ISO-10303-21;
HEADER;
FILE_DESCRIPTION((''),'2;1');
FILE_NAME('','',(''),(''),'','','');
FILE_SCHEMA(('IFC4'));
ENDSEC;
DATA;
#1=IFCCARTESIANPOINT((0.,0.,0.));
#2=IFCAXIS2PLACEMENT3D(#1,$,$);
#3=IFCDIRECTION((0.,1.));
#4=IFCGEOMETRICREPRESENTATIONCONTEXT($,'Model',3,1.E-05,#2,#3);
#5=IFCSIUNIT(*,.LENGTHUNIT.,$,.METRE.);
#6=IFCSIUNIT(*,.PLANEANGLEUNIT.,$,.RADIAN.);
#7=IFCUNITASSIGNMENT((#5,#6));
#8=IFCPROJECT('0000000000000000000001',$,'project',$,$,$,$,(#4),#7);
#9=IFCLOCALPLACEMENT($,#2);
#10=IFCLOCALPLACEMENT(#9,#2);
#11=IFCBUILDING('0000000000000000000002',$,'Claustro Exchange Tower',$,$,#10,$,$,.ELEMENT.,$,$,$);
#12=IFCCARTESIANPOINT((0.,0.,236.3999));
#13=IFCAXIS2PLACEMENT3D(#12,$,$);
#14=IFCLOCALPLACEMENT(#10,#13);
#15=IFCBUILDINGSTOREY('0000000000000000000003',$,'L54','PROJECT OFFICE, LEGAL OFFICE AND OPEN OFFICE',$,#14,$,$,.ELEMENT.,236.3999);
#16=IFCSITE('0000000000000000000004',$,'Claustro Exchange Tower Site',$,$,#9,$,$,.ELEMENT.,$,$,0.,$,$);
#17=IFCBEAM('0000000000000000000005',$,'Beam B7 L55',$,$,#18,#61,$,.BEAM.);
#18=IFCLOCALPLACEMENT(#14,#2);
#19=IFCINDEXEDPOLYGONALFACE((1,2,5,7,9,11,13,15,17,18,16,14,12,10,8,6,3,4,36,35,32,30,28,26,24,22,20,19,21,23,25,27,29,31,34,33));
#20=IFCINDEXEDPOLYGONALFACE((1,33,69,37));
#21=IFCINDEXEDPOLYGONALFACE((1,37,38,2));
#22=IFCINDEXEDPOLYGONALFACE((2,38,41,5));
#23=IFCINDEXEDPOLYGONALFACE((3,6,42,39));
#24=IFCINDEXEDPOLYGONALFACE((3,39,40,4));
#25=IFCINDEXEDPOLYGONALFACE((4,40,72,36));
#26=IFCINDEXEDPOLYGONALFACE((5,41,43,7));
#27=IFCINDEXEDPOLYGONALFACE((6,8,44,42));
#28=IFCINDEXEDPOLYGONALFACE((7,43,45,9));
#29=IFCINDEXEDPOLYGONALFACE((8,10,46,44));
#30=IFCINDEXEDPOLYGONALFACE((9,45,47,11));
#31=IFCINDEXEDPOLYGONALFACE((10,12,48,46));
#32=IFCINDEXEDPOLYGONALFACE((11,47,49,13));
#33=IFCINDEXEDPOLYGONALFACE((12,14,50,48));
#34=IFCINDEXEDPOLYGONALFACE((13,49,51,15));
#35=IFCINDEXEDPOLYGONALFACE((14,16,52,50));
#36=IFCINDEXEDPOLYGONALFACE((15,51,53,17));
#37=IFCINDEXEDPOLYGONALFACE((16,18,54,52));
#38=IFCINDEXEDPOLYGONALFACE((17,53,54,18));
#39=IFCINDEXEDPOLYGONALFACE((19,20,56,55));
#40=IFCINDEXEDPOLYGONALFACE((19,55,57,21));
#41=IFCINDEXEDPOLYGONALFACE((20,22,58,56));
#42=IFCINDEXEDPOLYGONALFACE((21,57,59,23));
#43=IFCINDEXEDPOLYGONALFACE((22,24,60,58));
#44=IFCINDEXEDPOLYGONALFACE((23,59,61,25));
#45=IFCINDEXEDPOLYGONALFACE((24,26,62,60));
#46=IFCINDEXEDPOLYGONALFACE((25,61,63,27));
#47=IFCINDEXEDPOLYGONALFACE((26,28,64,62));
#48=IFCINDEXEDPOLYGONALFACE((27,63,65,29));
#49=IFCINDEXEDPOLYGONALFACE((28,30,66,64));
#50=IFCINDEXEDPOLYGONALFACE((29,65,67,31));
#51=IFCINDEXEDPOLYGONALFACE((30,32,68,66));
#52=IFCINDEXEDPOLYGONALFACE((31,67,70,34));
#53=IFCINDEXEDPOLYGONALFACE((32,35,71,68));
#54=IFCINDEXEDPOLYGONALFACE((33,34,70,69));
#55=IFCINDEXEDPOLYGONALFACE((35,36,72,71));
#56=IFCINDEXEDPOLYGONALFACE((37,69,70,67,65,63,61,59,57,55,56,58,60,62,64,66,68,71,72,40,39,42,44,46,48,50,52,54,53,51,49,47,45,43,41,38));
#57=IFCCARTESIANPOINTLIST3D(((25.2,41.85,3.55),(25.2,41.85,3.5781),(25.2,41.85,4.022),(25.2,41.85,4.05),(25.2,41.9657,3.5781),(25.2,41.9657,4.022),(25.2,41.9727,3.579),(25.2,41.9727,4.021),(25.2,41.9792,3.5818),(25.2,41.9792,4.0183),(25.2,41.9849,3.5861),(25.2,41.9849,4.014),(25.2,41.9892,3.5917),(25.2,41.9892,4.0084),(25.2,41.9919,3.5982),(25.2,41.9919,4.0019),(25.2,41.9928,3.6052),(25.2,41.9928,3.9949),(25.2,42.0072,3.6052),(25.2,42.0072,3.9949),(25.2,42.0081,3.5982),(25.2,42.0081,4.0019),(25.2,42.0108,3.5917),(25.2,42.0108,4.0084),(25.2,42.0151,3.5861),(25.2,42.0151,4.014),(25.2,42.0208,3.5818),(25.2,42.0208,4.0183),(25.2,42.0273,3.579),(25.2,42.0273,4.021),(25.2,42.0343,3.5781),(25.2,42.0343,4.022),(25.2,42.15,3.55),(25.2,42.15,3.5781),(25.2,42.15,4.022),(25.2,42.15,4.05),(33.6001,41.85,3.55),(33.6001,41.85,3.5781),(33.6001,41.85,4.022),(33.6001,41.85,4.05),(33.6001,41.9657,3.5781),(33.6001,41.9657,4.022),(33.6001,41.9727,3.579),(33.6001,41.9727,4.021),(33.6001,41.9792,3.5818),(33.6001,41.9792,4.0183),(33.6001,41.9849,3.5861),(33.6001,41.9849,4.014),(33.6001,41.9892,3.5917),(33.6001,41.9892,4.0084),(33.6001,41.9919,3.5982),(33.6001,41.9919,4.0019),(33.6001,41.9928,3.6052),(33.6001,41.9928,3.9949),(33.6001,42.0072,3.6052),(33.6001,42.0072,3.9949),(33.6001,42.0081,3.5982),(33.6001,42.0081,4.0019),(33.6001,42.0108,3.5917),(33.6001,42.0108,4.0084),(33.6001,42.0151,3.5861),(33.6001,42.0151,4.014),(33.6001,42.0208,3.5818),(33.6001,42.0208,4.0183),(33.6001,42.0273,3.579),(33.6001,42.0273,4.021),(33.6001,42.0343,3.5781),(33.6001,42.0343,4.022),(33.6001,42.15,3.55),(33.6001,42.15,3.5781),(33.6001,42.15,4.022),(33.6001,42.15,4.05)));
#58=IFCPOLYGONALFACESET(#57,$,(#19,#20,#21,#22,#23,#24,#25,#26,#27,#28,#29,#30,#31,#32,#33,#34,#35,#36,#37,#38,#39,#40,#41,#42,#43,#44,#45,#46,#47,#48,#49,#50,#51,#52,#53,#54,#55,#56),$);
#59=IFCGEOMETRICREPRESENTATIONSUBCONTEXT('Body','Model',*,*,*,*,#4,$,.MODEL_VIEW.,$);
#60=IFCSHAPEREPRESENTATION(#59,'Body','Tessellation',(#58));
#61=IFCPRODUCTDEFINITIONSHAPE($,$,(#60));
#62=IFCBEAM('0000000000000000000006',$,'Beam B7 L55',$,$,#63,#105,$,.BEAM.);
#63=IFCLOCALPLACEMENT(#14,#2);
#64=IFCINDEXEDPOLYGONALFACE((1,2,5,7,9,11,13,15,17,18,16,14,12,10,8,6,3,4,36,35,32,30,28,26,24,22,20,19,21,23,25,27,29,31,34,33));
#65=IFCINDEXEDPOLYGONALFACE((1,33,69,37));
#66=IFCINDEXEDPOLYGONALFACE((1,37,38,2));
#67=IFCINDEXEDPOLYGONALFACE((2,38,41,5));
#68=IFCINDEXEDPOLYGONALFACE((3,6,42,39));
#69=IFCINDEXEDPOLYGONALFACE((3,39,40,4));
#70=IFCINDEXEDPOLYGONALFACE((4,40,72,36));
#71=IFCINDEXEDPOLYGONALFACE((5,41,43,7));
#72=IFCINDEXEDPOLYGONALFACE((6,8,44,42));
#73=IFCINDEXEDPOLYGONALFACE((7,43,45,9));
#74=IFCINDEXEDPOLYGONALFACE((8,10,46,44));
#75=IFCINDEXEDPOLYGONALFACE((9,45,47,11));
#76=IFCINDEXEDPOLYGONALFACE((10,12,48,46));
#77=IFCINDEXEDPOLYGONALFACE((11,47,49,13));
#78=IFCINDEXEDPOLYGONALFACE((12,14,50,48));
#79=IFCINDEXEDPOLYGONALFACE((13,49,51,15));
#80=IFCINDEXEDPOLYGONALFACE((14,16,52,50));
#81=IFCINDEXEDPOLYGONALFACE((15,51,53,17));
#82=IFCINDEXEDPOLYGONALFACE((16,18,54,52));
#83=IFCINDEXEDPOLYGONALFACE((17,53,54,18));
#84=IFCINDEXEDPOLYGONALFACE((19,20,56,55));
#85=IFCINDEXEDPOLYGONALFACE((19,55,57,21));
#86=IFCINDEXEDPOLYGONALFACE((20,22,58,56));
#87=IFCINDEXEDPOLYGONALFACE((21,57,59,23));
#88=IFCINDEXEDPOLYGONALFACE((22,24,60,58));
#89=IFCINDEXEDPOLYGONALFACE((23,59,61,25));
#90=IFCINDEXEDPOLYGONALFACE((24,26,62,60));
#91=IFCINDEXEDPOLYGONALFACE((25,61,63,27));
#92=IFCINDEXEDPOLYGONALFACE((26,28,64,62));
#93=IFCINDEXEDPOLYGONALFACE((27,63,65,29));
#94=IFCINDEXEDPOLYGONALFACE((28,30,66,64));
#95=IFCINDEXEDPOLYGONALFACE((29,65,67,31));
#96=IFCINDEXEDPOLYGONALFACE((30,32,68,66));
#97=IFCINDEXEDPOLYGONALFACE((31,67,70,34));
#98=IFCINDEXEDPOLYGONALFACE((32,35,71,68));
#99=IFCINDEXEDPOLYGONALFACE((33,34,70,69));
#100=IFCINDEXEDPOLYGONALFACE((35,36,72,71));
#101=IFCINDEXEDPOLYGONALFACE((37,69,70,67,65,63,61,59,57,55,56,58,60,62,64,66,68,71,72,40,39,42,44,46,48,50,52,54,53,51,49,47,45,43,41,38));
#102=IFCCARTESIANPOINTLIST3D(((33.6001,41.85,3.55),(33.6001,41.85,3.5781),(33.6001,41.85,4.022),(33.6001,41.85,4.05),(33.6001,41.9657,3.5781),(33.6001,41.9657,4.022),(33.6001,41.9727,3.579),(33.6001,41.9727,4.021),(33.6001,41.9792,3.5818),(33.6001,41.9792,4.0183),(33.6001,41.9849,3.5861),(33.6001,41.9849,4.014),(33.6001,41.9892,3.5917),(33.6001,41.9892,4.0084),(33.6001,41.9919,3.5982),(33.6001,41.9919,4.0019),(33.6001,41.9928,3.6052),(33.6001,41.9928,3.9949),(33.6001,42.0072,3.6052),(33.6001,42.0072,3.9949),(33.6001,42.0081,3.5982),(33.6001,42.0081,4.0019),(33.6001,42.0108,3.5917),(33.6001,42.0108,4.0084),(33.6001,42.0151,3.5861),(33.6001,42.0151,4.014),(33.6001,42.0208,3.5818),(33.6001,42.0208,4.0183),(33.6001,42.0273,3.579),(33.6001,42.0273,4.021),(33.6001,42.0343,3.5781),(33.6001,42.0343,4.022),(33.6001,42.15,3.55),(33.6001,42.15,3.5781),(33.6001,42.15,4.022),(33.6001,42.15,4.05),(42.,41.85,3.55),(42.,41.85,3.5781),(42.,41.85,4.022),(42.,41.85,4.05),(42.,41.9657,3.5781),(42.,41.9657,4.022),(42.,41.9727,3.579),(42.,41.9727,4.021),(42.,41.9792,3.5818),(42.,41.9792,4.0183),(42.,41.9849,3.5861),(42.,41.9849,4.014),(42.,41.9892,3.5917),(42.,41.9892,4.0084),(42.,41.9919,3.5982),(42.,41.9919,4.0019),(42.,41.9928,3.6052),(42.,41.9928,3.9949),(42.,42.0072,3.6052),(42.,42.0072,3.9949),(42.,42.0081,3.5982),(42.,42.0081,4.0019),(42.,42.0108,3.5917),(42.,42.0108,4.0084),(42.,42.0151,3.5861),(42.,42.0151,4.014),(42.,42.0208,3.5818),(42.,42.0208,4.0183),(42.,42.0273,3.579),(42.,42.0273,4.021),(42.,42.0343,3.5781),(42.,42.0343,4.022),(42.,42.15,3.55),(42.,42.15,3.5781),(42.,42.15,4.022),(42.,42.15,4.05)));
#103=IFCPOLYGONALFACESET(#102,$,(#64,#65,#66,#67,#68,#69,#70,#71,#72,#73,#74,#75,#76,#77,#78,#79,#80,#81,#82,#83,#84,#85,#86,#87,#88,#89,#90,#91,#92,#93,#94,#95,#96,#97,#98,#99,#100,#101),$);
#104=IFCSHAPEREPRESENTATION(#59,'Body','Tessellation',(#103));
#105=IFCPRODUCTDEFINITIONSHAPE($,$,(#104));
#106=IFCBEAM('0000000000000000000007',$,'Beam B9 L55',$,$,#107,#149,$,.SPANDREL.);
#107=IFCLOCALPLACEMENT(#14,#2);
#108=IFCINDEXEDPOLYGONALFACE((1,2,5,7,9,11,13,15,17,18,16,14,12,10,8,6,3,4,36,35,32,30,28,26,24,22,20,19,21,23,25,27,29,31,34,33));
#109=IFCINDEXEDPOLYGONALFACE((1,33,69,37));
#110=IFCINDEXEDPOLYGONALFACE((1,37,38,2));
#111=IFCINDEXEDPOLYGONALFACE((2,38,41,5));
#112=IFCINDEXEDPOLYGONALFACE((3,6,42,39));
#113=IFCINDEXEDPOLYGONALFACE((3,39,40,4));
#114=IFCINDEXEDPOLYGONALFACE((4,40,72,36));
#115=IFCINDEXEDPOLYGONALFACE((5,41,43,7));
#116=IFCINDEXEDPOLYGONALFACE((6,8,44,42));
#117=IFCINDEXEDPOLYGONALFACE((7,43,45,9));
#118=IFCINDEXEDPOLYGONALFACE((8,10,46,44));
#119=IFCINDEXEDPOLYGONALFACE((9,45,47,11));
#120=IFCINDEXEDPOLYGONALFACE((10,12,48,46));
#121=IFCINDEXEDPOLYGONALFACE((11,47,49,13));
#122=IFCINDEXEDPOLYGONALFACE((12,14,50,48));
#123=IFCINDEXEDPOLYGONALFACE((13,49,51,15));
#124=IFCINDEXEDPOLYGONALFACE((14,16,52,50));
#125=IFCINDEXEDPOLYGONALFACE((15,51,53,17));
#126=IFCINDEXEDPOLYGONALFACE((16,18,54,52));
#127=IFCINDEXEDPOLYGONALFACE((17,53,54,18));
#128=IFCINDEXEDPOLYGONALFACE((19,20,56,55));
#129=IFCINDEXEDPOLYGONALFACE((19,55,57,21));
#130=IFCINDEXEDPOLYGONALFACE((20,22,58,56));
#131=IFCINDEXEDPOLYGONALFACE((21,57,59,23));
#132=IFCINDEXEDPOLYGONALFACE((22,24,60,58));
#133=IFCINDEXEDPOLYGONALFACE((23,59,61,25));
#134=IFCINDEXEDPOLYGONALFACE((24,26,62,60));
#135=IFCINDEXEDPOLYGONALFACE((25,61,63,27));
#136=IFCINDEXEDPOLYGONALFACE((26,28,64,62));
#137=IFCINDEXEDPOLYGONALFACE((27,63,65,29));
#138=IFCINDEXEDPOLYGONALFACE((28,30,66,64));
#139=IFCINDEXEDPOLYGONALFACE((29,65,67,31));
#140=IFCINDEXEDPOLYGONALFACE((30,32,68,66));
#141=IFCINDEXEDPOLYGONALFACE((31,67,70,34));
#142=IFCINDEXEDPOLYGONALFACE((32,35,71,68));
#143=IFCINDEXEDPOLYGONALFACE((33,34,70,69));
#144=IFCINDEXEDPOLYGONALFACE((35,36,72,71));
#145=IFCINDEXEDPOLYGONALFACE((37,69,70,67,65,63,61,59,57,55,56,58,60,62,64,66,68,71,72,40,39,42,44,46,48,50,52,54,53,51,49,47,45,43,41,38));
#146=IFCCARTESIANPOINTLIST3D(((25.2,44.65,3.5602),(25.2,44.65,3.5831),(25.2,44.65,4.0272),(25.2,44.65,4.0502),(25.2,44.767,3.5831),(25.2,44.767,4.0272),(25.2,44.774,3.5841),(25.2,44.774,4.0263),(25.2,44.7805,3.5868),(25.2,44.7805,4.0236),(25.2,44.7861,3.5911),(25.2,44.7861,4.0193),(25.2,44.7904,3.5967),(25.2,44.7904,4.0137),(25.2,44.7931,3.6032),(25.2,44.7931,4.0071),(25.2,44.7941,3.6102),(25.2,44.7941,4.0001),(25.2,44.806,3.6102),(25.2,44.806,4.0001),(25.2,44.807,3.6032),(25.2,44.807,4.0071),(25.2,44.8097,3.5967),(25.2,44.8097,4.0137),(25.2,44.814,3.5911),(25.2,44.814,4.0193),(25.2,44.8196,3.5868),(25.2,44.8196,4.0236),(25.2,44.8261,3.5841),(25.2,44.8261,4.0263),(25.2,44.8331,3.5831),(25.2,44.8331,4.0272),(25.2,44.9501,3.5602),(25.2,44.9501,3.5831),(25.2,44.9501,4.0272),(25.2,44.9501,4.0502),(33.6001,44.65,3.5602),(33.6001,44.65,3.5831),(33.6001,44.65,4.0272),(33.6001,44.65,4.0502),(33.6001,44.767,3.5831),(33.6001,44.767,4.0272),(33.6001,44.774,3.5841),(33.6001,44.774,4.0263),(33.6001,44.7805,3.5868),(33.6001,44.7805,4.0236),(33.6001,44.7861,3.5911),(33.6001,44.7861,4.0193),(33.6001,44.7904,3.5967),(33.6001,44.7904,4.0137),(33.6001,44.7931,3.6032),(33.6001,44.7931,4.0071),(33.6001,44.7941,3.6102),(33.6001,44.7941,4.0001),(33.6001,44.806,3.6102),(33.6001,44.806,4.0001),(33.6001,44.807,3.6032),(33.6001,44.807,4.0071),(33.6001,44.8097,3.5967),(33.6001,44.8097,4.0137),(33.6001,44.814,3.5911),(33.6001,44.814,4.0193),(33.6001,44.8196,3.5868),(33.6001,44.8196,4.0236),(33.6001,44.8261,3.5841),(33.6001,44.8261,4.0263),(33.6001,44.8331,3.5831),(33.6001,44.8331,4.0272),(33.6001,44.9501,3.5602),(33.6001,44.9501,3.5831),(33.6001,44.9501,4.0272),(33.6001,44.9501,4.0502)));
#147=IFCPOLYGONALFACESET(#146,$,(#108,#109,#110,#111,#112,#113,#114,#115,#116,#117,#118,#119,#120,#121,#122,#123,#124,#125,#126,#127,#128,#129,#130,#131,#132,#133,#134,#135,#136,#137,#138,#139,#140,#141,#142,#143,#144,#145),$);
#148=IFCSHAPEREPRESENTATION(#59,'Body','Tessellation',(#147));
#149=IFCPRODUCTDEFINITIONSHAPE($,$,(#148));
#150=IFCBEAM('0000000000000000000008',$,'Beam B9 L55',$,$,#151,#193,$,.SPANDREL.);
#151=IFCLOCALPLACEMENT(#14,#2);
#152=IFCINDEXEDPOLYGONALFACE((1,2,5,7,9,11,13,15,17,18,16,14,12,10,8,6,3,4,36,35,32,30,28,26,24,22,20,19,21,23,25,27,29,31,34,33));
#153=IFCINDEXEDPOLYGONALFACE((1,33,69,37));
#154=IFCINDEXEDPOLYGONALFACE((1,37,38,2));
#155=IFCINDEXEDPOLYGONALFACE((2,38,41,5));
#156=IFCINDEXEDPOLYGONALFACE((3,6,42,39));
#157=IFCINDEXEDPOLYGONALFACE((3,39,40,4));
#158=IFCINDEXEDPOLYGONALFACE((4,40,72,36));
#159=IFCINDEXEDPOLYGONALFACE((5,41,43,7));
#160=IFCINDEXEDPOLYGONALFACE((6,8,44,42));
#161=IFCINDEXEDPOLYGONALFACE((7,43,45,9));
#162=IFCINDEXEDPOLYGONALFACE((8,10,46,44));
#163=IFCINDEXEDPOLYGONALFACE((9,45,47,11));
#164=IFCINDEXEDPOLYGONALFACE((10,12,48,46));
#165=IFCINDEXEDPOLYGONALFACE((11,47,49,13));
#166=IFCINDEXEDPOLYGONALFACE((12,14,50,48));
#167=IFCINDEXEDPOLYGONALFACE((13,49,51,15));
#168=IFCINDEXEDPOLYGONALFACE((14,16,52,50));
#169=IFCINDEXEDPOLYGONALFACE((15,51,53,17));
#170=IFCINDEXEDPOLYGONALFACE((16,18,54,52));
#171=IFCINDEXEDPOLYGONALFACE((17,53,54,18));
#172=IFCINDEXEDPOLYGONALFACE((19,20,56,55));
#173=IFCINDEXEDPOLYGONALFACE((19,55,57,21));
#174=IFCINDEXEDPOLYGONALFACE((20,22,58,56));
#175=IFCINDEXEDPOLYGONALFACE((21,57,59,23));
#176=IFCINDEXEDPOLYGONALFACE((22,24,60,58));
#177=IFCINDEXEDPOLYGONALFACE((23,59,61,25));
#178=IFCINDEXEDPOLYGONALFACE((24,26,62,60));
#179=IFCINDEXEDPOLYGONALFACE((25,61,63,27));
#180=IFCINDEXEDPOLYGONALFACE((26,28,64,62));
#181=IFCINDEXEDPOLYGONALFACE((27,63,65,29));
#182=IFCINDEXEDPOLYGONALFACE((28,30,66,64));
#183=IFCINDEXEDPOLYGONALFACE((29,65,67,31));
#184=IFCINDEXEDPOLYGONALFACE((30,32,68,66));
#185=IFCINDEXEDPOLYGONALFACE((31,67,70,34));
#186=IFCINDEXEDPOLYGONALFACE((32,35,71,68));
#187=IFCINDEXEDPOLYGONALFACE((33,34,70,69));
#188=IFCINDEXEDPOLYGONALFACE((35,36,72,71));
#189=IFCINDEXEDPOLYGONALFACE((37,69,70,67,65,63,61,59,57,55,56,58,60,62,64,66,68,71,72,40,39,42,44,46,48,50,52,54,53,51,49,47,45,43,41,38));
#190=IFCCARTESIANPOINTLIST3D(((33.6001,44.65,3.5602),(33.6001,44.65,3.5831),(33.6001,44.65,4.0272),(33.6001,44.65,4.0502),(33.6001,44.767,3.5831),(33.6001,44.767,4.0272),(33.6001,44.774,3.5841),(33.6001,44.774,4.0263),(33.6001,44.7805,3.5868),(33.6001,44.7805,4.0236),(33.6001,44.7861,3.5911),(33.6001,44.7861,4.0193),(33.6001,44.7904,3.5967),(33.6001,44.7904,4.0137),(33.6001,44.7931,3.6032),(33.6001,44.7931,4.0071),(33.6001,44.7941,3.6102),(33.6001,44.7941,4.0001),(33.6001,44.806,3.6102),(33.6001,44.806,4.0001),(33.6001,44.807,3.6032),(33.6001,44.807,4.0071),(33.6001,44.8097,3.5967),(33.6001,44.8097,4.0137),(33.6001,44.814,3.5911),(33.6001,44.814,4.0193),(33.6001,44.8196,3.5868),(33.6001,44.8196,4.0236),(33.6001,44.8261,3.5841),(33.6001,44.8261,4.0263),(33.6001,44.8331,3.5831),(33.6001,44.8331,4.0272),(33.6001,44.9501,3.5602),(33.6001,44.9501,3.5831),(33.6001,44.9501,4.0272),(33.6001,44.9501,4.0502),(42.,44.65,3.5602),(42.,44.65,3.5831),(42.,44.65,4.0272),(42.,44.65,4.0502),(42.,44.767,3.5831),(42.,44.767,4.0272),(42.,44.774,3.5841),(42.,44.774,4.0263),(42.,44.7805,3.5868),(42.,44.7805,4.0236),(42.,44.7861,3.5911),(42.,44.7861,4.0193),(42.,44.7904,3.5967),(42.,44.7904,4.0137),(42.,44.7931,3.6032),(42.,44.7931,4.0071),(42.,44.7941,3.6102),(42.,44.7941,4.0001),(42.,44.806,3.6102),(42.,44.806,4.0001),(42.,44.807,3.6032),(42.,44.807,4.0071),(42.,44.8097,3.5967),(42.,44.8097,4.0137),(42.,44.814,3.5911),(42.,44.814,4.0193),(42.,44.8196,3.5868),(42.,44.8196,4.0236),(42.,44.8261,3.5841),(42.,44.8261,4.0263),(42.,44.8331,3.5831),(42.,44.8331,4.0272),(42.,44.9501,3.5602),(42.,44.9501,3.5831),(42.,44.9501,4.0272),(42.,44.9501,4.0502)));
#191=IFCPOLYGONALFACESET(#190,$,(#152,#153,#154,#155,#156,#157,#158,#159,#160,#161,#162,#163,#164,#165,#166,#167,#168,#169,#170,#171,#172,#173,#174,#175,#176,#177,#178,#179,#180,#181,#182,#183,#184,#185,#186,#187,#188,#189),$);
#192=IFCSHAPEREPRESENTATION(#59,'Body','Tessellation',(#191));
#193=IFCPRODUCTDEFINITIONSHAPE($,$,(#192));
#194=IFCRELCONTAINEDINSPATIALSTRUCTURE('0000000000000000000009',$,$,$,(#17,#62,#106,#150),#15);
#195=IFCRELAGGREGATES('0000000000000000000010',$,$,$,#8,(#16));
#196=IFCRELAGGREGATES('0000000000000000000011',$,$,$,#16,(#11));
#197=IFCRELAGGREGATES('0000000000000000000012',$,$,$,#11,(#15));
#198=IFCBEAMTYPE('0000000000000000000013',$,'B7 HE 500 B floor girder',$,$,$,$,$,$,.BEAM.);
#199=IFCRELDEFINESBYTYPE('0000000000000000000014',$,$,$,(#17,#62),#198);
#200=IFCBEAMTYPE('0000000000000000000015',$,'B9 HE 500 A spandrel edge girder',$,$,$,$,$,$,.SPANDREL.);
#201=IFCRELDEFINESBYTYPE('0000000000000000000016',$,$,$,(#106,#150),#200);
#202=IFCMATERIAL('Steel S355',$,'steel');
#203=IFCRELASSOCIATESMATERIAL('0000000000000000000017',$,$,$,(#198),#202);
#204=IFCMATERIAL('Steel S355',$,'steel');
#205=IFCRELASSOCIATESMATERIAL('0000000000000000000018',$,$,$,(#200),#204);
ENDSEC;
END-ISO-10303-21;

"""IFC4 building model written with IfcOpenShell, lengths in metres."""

from ifc_helpers import new_model, si_unit, direction, frame, origin, origin_2d, place, context, subcontext, project, spatial, i_section, extrude, material, material_profile, profile_set, type_object, element, save


model = new_model("IFC4")

# Units and contexts
model_context = context("Model", 3, precision=1e-05, world=origin(), true_north=direction((0.0, 1.0)))
body_context = subcontext(model_context, "Body", "Model", "MODEL_VIEW")
ifc_project = project(units=[si_unit("LENGTHUNIT", "METRE"), si_unit("PLANEANGLEUNIT", "RADIAN")], contexts=[model_context])

# Site, building, storey
site_placement = place(None, origin())
site = spatial("IfcSite", under=ifc_project, at=site_placement, Name="Claustro Exchange Tower Site", CompositionType="ELEMENT", RefElevation=0.0)
building_placement = place(site_placement, origin())
building = spatial("IfcBuilding", under=site, at=building_placement, Name="Claustro Exchange Tower", CompositionType="ELEMENT")
storey_placement = place(building_placement, frame((0.0, 0.0, 236.3999)))
storey = spatial("IfcBuildingStorey", under=building, at=storey_placement, Name="L54", Description="PROJECT OFFICE, LEGAL OFFICE AND OPEN OFFICE", CompositionType="ELEMENT", Elevation=236.3999)

# Beams
ifc_material_1 = material(Name="Steel S355", Category="steel")
ifc_material_profile_1 = material_profile(ifc_material_1, i_section(OverallWidth=0.3, OverallDepth=0.5, WebThickness=0.0144, FlangeThickness=0.0281, FilletRadius=0.0271, at=origin_2d()), Name="HE 500 B")
ifc_profile_set_1 = profile_set([ifc_material_profile_1], Name="Steel S355")
beam_type_1 = type_object("IfcBeamType", Name="B7 HE 500 B floor girder", PredefinedType="BEAM", material=ifc_profile_set_1)
beam_1_placement = place(storey_placement, frame((25.2, 42.0, 3.8), z_axis=(1.0, 0.0, 0.0), x_axis=(0.0, 1.0, 0.0)))
element("IfcBeam", 1, at=beam_1_placement, inside=storey, type_object=beam_type_1, Name="Beam B7 L55", PredefinedType="BEAM", context=body_context, shape_type="SweptSolid", body=[
    extrude(i_section(OverallWidth=0.3, OverallDepth=0.5, WebThickness=0.0144, FlangeThickness=0.0281, FilletRadius=0.0271, at=origin_2d()), origin(), (0.0, 0.0, 1.0), 8.4001),
])
beam_2_placement = place(storey_placement, frame((33.6001, 42.0, 3.8), z_axis=(1.0, 0.0, 0.0), x_axis=(0.0, 1.0, 0.0)))
element("IfcBeam", 2, at=beam_2_placement, inside=storey, type_object=beam_type_1, Name="Beam B7 L55", PredefinedType="BEAM", context=body_context, shape_type="SweptSolid", body=[
    extrude(i_section(OverallWidth=0.3, OverallDepth=0.5, WebThickness=0.0144, FlangeThickness=0.0281, FilletRadius=0.0271, at=origin_2d()), origin(), (0.0, 0.0, 1.0), 8.3999),
])
ifc_material_2 = material(Name="Steel S355", Category="steel")
ifc_material_profile_2 = material_profile(ifc_material_2, i_section(OverallWidth=0.3, OverallDepth=0.49, WebThickness=0.012, FlangeThickness=0.0229, FilletRadius=0.0271, at=origin_2d()), Name="HE 500 A")
ifc_profile_set_2 = profile_set([ifc_material_profile_2], Name="Steel S355")
beam_type_2 = type_object("IfcBeamType", Name="B9 HE 500 A spandrel edge girder", PredefinedType="SPANDREL", material=ifc_profile_set_2)
beam_3_placement = place(storey_placement, frame((25.2, 44.8, 3.8052), z_axis=(1.0, 0.0, 0.0), x_axis=(0.0, 1.0, 0.0)))
element("IfcBeam", 3, at=beam_3_placement, inside=storey, type_object=beam_type_2, Name="Beam B9 L55", PredefinedType="SPANDREL", context=body_context, shape_type="SweptSolid", body=[
    extrude(i_section(OverallWidth=0.3, OverallDepth=0.49, WebThickness=0.012, FlangeThickness=0.0229, FilletRadius=0.0271, at=origin_2d()), origin(), (0.0, 0.0, 1.0), 8.4001),
])
beam_4_placement = place(storey_placement, frame((33.6001, 44.8, 3.8052), z_axis=(1.0, 0.0, 0.0), x_axis=(0.0, 1.0, 0.0)))
element("IfcBeam", 4, at=beam_4_placement, inside=storey, type_object=beam_type_2, Name="Beam B9 L55", PredefinedType="SPANDREL", context=body_context, shape_type="SweptSolid", body=[
    extrude(i_section(OverallWidth=0.3, OverallDepth=0.49, WebThickness=0.012, FlangeThickness=0.0229, FilletRadius=0.0271, at=origin_2d()), origin(), (0.0, 0.0, 1.0), 8.3999),
])

save(model, "model.ifc")
